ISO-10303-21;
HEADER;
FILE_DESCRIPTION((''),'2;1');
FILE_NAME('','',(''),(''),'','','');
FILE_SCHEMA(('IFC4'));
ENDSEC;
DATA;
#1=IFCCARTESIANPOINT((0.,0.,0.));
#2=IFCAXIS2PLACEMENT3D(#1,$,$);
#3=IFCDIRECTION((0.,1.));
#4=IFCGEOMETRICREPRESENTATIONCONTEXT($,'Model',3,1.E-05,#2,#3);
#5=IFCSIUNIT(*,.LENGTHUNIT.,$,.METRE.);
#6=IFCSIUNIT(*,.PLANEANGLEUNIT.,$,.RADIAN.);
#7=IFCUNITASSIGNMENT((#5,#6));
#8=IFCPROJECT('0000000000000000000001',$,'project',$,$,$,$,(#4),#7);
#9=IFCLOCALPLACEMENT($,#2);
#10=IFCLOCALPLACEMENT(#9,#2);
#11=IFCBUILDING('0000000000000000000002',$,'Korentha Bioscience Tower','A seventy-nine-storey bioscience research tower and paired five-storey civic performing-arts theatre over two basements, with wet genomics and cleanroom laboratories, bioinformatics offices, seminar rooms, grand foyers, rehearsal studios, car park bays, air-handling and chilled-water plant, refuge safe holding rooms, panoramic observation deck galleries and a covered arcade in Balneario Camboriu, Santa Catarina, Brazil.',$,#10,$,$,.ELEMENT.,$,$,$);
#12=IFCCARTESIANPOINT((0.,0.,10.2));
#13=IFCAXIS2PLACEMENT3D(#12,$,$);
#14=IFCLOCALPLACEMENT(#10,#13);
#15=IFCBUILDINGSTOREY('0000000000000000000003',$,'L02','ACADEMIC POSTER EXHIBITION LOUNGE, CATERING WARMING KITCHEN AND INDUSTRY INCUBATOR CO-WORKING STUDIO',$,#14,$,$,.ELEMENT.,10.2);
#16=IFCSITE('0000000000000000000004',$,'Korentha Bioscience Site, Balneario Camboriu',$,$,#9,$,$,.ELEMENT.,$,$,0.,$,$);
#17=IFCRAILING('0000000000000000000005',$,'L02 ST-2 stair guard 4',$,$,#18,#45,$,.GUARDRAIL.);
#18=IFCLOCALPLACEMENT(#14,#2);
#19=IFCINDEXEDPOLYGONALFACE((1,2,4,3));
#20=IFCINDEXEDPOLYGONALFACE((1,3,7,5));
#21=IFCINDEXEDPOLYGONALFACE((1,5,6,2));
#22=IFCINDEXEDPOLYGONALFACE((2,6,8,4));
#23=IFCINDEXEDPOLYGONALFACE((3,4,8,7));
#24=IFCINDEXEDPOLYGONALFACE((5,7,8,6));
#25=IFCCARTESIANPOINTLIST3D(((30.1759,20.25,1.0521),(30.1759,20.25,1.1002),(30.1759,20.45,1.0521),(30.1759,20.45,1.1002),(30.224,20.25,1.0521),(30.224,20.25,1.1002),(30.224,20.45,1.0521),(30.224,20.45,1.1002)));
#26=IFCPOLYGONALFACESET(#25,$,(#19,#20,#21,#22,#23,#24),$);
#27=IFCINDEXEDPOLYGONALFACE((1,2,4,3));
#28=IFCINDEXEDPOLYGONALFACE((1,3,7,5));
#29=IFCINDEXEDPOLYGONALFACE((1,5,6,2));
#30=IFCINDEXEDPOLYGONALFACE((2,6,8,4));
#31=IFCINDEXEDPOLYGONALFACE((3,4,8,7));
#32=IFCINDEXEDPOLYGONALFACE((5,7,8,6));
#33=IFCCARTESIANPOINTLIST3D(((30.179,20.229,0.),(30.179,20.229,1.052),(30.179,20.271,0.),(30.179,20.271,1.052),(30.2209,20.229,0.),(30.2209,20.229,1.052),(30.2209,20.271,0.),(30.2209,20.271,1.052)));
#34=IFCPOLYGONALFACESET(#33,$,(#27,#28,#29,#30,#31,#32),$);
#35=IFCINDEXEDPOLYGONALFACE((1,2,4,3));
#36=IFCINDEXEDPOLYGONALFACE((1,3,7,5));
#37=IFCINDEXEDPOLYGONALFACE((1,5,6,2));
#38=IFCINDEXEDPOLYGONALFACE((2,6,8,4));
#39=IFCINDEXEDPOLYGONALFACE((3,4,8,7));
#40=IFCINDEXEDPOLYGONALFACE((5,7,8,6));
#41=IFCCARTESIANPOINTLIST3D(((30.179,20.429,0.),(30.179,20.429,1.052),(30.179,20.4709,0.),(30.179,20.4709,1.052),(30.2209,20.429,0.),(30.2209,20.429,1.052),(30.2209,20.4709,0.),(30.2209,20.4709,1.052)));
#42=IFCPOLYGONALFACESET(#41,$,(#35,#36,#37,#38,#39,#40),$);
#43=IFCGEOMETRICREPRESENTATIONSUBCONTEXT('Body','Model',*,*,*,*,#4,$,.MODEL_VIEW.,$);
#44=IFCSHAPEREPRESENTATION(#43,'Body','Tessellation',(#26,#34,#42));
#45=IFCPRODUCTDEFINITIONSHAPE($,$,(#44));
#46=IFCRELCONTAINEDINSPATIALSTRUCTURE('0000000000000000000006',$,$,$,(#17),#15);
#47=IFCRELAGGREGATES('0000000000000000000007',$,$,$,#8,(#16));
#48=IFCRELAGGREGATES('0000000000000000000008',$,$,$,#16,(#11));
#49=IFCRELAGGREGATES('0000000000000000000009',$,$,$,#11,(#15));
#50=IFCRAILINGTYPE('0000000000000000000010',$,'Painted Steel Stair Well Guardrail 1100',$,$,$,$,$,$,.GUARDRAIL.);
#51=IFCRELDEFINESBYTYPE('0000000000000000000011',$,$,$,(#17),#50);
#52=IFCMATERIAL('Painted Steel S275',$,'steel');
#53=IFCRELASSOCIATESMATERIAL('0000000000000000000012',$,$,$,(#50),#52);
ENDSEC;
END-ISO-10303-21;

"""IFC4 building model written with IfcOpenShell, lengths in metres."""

from ifc_helpers import new_model, si_unit, direction, frame, origin, origin_2d, place, context, subcontext, project, spatial, rectangle, extrude, material, type_object, element, save


model = new_model("IFC4")

# Units and contexts
model_context = context("Model", 3, precision=1e-05, world=origin(), true_north=direction((0.0, 1.0)))
body_context = subcontext(model_context, "Body", "Model", "MODEL_VIEW")
ifc_project = project(units=[si_unit("LENGTHUNIT", "METRE"), si_unit("PLANEANGLEUNIT", "RADIAN")], contexts=[model_context])

# Site, building, storey
site_placement = place(None, origin())
site = spatial("IfcSite", under=ifc_project, at=site_placement, Name="Korentha Bioscience Site, Balneario Camboriu", CompositionType="ELEMENT", RefElevation=0.0)
building_placement = place(site_placement, origin())
building = spatial("IfcBuilding", under=site, at=building_placement, Name="Korentha Bioscience Tower", Description="A seventy-nine-storey bioscience research tower and paired five-storey civic performing-arts theatre over two basements, with wet genomics and cleanroom laboratories, bioinformatics offices, seminar rooms, grand foyers, rehearsal studios, car park bays, air-handling and chilled-water plant, refuge safe holding rooms, panoramic observation deck galleries and a covered arcade in Balneario Camboriu, Santa Catarina, Brazil.", CompositionType="ELEMENT")
storey_placement = place(building_placement, frame((0.0, 0.0, 10.2)))
storey = spatial("IfcBuildingStorey", under=building, at=storey_placement, Name="L02", Description="ACADEMIC POSTER EXHIBITION LOUNGE, CATERING WARMING KITCHEN AND INDUSTRY INCUBATOR CO-WORKING STUDIO", CompositionType="ELEMENT", Elevation=10.2)

# Railing
ifc_material_1 = material(Name="Painted Steel S275", Category="steel")
railing_type_1 = type_object("IfcRailingType", Name="Painted Steel Stair Well Guardrail 1100", PredefinedType="GUARDRAIL", material=ifc_material_1)
railing_1_placement = place(storey_placement, frame((30.2, 20.25, 0.0)))
element("IfcRailing", 1, at=railing_1_placement, inside=storey, type_object=railing_type_1, Name="L02 ST-2 stair guard 4", PredefinedType="GUARDRAIL", context=body_context, shape_type="SweptSolid", body=[
    extrude(rectangle(XDim=0.0481, YDim=0.0481, at=origin_2d()), frame((0.0, 0.0, 1.0762), z_axis=(0.0, 1.0, 0.0), x_axis=(-1.0, 0.0, 0.0)), (0.0, 0.0, 1.0), 0.2),
    extrude(rectangle(XDim=0.042, YDim=0.042, at=origin_2d()), origin(), (0.0, 0.0, 1.0), 1.052),
    extrude(rectangle(XDim=0.042, YDim=0.042, at=origin_2d()), frame((0.0, 0.2, 0.0)), (0.0, 0.0, 1.0), 1.052),
])

save(model, "model.ifc")
